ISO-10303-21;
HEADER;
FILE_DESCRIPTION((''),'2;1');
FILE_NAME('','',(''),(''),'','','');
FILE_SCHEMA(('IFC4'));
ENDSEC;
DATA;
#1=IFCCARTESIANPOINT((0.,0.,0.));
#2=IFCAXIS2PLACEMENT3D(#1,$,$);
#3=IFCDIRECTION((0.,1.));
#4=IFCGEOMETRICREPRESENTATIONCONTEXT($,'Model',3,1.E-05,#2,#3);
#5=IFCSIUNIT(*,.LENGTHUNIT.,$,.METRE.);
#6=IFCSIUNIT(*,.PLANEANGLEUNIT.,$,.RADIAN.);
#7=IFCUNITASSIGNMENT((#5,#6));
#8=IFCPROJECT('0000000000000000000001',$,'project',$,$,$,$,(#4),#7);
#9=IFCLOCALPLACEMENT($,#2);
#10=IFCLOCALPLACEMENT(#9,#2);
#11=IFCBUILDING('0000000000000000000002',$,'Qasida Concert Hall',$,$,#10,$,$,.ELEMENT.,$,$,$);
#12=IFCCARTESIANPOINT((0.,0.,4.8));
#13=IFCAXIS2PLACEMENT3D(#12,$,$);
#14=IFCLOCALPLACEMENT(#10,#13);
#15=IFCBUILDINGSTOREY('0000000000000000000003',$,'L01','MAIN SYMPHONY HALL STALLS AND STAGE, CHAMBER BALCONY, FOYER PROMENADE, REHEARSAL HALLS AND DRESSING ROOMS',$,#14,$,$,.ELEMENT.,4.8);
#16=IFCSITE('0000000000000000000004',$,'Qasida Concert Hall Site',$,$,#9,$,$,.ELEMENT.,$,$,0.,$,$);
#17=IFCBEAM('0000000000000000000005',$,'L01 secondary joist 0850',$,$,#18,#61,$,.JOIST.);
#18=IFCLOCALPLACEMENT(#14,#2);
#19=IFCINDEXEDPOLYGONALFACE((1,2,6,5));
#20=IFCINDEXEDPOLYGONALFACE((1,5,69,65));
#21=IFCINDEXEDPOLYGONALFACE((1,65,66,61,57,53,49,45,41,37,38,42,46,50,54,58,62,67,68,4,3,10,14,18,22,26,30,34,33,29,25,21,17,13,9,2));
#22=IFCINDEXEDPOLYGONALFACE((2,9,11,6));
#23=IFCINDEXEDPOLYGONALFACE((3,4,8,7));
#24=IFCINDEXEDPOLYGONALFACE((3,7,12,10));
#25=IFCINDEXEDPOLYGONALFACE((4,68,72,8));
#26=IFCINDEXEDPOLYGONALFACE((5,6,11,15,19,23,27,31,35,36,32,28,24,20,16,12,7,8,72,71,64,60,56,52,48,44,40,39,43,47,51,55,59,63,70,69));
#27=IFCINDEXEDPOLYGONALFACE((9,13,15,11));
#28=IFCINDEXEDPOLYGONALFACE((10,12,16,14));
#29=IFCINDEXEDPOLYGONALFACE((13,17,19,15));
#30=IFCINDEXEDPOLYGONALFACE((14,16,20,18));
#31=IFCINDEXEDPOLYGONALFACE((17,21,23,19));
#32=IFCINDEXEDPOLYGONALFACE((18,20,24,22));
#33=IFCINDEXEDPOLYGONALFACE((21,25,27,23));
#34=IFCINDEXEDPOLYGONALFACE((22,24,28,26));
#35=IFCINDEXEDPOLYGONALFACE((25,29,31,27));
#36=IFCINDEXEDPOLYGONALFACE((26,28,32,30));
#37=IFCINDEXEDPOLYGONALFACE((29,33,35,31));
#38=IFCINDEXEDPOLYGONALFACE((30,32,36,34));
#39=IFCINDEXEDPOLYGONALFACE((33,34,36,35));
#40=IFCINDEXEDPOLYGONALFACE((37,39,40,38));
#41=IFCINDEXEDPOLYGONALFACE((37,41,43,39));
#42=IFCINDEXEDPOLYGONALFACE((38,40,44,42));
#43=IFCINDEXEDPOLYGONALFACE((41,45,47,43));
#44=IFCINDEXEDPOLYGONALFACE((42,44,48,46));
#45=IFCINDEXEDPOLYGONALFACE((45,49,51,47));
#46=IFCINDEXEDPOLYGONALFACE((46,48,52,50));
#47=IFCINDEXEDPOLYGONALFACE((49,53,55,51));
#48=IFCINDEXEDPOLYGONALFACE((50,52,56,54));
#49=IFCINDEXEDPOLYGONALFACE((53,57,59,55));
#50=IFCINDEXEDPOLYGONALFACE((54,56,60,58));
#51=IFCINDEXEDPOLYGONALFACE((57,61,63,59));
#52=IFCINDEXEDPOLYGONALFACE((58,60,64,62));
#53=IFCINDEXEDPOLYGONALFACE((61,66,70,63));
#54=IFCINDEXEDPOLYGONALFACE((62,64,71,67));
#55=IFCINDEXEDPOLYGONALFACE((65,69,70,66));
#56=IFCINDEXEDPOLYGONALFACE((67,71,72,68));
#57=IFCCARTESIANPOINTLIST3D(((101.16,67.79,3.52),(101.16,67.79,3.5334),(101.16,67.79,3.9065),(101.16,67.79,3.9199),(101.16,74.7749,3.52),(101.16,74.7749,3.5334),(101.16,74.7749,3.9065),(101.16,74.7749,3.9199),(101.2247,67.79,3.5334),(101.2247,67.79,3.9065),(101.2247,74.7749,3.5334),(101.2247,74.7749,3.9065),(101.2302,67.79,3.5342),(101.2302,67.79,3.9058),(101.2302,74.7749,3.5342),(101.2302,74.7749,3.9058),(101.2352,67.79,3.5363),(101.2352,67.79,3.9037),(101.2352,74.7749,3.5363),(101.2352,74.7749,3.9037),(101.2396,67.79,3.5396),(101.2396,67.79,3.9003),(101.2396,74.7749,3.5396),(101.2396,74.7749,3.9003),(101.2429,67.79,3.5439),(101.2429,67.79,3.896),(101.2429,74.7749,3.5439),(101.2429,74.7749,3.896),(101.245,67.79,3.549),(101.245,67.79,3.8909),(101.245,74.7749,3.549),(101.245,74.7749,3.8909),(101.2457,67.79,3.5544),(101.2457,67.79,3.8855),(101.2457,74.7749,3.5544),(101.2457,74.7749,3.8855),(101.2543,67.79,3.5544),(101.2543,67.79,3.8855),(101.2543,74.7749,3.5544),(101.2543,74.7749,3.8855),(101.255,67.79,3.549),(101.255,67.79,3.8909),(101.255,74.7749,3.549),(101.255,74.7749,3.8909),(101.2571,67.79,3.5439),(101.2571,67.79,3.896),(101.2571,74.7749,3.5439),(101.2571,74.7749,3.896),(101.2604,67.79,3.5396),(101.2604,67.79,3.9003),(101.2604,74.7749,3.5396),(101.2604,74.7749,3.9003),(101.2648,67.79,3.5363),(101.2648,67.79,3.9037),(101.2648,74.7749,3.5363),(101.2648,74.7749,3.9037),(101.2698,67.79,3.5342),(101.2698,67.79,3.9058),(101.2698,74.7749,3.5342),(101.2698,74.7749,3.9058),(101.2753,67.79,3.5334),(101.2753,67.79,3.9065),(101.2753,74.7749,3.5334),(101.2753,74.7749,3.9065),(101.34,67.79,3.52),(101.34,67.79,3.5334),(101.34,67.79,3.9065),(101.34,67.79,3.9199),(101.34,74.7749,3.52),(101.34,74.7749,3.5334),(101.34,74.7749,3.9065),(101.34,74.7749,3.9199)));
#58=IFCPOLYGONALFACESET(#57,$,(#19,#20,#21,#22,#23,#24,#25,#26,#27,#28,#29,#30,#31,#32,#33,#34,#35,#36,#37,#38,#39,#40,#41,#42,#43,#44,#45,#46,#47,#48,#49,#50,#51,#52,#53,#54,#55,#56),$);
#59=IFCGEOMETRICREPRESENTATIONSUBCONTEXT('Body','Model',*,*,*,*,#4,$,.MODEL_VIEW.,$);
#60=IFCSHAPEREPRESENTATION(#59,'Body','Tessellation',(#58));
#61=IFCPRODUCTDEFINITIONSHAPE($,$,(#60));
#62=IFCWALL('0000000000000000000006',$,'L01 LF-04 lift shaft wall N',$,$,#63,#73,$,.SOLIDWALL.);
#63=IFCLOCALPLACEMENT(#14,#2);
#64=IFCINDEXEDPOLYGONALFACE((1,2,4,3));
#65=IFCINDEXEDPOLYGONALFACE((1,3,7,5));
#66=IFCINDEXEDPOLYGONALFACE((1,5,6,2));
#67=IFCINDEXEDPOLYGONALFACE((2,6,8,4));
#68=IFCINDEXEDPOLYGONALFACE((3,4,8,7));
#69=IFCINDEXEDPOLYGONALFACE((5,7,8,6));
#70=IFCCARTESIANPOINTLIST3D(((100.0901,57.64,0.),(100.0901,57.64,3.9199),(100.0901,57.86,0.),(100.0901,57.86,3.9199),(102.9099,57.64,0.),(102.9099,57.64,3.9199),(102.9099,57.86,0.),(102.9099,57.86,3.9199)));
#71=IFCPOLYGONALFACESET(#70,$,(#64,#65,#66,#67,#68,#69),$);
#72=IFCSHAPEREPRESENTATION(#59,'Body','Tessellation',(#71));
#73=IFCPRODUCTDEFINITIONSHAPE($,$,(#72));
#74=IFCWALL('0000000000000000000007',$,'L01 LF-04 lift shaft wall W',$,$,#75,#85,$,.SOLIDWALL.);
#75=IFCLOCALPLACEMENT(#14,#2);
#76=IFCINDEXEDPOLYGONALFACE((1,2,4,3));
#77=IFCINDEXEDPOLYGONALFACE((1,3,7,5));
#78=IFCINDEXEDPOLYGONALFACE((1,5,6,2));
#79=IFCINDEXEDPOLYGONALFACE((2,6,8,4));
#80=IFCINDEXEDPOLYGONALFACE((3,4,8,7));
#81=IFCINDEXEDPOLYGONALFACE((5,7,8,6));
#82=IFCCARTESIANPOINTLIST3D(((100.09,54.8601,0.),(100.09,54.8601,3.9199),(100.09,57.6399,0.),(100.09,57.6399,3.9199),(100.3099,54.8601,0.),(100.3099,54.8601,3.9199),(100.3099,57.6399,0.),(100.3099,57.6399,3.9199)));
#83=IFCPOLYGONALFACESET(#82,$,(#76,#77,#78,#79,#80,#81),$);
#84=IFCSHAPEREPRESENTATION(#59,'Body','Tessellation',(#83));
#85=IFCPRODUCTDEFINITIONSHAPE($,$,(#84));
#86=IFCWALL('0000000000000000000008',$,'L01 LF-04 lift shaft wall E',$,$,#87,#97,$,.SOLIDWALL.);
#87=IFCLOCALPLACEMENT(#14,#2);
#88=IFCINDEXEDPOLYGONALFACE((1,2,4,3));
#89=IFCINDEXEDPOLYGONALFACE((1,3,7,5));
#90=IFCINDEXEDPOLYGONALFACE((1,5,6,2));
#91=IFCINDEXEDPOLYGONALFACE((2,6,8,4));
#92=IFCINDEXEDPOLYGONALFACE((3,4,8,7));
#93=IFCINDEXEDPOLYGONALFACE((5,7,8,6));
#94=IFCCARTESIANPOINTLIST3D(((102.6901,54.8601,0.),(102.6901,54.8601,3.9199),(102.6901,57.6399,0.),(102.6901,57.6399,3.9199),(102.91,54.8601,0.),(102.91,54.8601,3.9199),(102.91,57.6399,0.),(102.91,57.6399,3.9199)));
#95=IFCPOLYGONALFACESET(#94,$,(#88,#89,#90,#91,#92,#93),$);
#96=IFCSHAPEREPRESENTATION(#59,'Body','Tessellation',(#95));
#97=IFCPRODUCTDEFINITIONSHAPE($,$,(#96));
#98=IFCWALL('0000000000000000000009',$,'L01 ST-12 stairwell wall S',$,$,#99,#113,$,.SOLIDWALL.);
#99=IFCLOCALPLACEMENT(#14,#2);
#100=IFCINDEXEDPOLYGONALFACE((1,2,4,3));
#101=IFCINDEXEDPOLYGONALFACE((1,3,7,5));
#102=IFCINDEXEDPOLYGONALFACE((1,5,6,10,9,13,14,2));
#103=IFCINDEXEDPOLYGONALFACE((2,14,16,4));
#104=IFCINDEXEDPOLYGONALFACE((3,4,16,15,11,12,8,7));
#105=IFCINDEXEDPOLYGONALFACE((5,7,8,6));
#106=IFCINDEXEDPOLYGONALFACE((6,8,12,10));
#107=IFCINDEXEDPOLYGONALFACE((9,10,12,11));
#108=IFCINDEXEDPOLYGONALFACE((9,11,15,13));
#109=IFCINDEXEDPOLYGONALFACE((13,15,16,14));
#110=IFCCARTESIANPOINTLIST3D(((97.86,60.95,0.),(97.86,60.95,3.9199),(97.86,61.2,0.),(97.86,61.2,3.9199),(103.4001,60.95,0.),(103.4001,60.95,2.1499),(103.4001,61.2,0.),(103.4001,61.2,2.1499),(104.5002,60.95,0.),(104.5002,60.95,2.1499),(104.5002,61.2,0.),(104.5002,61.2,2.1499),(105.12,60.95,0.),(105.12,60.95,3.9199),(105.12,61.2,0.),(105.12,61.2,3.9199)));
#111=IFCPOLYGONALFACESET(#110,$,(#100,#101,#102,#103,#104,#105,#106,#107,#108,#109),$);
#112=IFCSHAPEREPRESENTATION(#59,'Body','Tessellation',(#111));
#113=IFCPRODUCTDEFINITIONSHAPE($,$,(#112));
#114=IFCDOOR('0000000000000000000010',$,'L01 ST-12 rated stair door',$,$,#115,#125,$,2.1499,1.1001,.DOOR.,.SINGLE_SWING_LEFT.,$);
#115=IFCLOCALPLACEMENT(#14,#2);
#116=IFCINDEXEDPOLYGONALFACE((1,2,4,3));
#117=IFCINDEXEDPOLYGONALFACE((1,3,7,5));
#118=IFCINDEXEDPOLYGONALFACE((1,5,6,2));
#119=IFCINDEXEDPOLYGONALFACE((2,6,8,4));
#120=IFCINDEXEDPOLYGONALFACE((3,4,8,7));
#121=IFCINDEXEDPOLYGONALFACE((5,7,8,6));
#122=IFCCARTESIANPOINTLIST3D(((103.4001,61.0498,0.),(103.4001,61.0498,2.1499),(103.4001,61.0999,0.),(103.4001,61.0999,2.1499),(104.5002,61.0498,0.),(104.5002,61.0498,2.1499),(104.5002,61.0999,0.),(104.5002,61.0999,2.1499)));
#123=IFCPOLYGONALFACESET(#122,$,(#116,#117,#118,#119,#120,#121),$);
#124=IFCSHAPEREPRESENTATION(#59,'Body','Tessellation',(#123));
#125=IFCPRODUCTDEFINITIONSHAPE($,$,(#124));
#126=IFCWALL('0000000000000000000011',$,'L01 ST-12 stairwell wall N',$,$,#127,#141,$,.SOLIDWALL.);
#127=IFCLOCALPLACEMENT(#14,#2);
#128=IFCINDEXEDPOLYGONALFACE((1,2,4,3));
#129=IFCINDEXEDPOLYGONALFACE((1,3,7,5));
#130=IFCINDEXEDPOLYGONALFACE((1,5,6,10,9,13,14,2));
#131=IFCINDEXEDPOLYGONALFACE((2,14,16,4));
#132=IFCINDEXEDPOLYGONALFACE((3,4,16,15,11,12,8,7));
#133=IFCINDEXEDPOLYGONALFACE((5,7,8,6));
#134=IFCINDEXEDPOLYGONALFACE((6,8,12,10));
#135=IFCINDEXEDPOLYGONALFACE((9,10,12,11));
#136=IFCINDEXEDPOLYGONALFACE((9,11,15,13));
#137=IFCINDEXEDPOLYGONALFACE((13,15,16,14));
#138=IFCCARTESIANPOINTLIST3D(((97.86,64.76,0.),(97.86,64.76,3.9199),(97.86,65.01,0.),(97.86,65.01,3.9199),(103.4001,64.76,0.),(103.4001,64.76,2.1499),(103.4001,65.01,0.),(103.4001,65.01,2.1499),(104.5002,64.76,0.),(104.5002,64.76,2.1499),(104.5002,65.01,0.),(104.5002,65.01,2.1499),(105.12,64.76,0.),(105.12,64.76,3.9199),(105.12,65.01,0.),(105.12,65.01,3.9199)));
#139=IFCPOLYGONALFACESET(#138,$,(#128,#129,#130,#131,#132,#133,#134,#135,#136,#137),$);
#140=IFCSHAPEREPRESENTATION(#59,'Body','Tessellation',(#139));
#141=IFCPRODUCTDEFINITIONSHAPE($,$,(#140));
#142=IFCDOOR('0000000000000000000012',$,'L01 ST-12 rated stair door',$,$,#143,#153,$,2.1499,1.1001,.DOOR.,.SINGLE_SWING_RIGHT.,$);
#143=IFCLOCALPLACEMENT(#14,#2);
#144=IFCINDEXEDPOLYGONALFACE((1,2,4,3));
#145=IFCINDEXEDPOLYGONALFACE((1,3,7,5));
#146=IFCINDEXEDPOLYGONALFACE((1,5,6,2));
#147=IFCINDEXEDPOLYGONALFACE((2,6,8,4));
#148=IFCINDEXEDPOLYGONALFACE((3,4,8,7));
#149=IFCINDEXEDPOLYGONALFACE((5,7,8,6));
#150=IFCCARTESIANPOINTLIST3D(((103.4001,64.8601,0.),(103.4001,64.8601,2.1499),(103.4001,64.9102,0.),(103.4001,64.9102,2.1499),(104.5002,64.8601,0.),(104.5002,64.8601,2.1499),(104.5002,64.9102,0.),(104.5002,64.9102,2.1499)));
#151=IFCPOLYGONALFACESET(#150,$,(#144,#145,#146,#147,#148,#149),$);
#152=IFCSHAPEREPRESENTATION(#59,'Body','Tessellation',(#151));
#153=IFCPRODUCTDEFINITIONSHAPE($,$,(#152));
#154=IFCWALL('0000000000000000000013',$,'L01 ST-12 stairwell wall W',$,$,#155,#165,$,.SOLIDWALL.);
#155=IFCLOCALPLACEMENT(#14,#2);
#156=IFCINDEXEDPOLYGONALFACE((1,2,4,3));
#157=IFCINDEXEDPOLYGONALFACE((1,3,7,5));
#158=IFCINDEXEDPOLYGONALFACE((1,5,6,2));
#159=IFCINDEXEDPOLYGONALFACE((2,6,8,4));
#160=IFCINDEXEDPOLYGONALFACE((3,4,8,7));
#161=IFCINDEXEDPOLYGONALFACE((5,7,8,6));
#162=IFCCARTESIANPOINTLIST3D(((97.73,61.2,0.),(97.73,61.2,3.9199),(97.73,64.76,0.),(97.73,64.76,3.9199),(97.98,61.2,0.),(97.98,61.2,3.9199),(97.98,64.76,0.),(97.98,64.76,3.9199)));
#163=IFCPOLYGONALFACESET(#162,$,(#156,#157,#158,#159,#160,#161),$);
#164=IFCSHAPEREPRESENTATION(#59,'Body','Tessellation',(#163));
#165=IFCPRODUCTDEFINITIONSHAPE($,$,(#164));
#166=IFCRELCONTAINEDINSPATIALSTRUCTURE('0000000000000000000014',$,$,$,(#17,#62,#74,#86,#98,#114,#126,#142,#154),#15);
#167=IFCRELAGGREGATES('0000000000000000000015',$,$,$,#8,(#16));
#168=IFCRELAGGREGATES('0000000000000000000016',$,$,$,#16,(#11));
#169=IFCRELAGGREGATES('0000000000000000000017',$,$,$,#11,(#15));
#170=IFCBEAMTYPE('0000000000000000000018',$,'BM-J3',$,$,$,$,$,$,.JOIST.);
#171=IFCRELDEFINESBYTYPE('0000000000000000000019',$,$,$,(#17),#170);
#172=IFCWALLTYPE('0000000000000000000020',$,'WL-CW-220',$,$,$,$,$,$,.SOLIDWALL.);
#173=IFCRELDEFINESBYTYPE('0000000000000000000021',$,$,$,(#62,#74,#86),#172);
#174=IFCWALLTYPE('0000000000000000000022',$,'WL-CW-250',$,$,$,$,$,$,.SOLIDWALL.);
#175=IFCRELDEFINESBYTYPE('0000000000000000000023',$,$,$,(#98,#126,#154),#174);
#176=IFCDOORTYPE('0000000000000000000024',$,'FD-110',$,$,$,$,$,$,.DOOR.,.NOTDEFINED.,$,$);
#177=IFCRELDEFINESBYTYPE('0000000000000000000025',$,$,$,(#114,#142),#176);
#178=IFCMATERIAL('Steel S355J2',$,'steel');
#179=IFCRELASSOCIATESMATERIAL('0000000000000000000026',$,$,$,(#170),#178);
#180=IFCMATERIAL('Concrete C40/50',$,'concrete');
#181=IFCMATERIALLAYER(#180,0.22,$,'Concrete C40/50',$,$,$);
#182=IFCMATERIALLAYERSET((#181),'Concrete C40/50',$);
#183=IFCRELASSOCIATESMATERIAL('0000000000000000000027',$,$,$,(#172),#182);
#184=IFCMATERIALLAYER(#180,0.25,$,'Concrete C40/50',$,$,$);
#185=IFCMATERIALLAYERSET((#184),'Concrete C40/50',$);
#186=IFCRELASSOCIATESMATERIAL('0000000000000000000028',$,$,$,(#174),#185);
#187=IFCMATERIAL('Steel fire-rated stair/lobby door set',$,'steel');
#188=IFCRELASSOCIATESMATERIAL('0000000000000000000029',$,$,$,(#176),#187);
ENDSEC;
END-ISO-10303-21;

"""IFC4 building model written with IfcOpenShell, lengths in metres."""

from ifc_helpers import new_model, si_unit, direction, frame, frame_2d, origin, origin_2d, place, context, subcontext, project, spatial, rectangle, i_section, extrude, material, layer, layer_set, material_profile, profile_set, type_object, element, fill, save


model = new_model("IFC4")

# Units and contexts
model_context = context("Model", 3, precision=1e-05, world=origin(), true_north=direction((0.0, 1.0)))
body_context = subcontext(model_context, "Body", "Model", "MODEL_VIEW")
ifc_project = project(units=[si_unit("LENGTHUNIT", "METRE"), si_unit("PLANEANGLEUNIT", "RADIAN")], contexts=[model_context])

# Site, building, storey
site_placement = place(None, origin())
site = spatial("IfcSite", under=ifc_project, at=site_placement, Name="Qasida Concert Hall Site", CompositionType="ELEMENT", RefElevation=0.0)
building_placement = place(site_placement, origin())
building = spatial("IfcBuilding", under=site, at=building_placement, Name="Qasida Concert Hall", CompositionType="ELEMENT")
storey_placement = place(building_placement, frame((0.0, 0.0, 4.8)))
storey = spatial("IfcBuildingStorey", under=building, at=storey_placement, Name="L01", Description="MAIN SYMPHONY HALL STALLS AND STAGE, CHAMBER BALCONY, FOYER PROMENADE, REHEARSAL HALLS AND DRESSING ROOMS", CompositionType="ELEMENT", Elevation=4.8)

# Beam
ifc_material_1 = material(Name="Concrete C40/50", Category="concrete")
ifc_material_2 = material(Name="Steel S355J2", Category="steel")
ifc_material_profile_1 = material_profile(ifc_material_2, i_section(OverallWidth=0.1799, OverallDepth=0.3999, WebThickness=0.0085, FlangeThickness=0.0134, FilletRadius=0.021, at=origin_2d()), Name="IPE 400")
ifc_profile_set_1 = profile_set([ifc_material_profile_1], Name="Steel S355J2")
beam_type_1 = type_object("IfcBeamType", Name="BM-J3", PredefinedType="JOIST", material=ifc_profile_set_1)
beam_1_placement = place(storey_placement, frame((101.25, 67.79, 3.72), z_axis=(0.0, 1.0, 0.0), x_axis=(-1.0, 0.0, 0.0)))
element("IfcBeam", 1, at=beam_1_placement, inside=storey, type_object=beam_type_1, Name="L01 secondary joist 0850", PredefinedType="JOIST", context=body_context, shape_type="SweptSolid", body=[
    extrude(i_section(OverallWidth=0.1799, OverallDepth=0.3999, WebThickness=0.0085, FlangeThickness=0.0134, FilletRadius=0.021, at=origin_2d()), origin(), (0.0, 0.0, 1.0), 6.9849),
])

# Shared definitions
ifc_layer_1 = layer(ifc_material_1, 0.22, Name="Concrete C40/50")
ifc_layer_set_1 = layer_set([ifc_layer_1], Name="Concrete C40/50")
wall_type_1 = type_object("IfcWallType", Name="WL-CW-220", PredefinedType="SOLIDWALL", material=ifc_layer_set_1)

# Walls
wall_1_placement = place(storey_placement, frame((100.0901, 57.75, 0.0), z_axis=(0.0, 0.0, 1.0), x_axis=(1.0, 0.0, 0.0)))
element("IfcWall", 2, at=wall_1_placement, inside=storey, type_object=wall_type_1, Name="L01 LF-04 lift shaft wall N", PredefinedType="SOLIDWALL", context=body_context, shape_type="SweptSolid", body=[
    extrude(rectangle(XDim=2.8198, YDim=0.22, at=frame_2d((1.4099, 0.0))), origin(), (0.0, 0.0, 1.0), 3.9199),
])
for number, where, z_axis, x_axis, name in (
    (3, (100.2, 54.8601, 0.0), (0.0, 0.0, 1.0), (0.0, 1.0, 0.0), "L01 LF-04 lift shaft wall W"),
    (4, (102.8, 54.8601, 0.0), (0.0, 0.0, 1.0), (0.0, 1.0, 0.0), "L01 LF-04 lift shaft wall E"),
):
    element("IfcWall", number, at=place(storey_placement, frame(where, z_axis=z_axis, x_axis=x_axis)), inside=storey, type_object=wall_type_1, Name=name, PredefinedType="SOLIDWALL", context=body_context, shape_type="SweptSolid", body=[
        extrude(rectangle(XDim=2.7798, YDim=0.22, at=frame_2d((1.3899, 0.0))), origin(), (0.0, 0.0, 1.0), 3.9199),
    ])

# Walls, openings, doors
ifc_layer_2 = layer(ifc_material_1, 0.25, Name="Concrete C40/50")
ifc_layer_set_2 = layer_set([ifc_layer_2], Name="Concrete C40/50")
wall_type_2 = type_object("IfcWallType", Name="WL-CW-250", PredefinedType="SOLIDWALL", material=ifc_layer_set_2)
wall_2_placement = place(storey_placement, frame((97.8601, 61.075, 0.0), z_axis=(0.0, 0.0, 1.0), x_axis=(1.0, 0.0, 0.0)))
wall_2 = element("IfcWall", 5, at=wall_2_placement, inside=storey, type_object=wall_type_2, Name="L01 ST-12 stairwell wall S", PredefinedType="SOLIDWALL", context=body_context, shape_type="SweptSolid", body=[
    extrude(rectangle(XDim=7.26, YDim=0.25, at=frame_2d((3.6299, 0.0))), origin(), (0.0, 0.0, 1.0), 3.9199),
])
opening_1_placement = place(wall_2_placement, frame((5.54, 0.0, 0.0)))
opening_1 = element("IfcOpeningElement", 6, at=opening_1_placement, cuts=wall_2, PredefinedType="OPENING", context=body_context, shape_type="SweptSolid", body=[
    extrude(rectangle(XDim=1.1001, YDim=2.1499, at=frame_2d((0.55, 1.075))), frame((0.0, 0.135, 0.0), z_axis=(0.0, -1.0, 0.0), x_axis=(1.0, 0.0, 0.0)), (0.0, 0.0, 1.0), 0.27),
])
ifc_material_3 = material(Name="Steel fire-rated stair/lobby door set", Category="steel")
door_type_1 = type_object("IfcDoorType", Name="FD-110", OperationType="NOTDEFINED", PredefinedType="DOOR", material=ifc_material_3)
door_1_placement = place(opening_1_placement, origin())
door_1 = element("IfcDoor", 7, at=door_1_placement, inside=storey, type_object=door_type_1, Name="L01 ST-12 rated stair door", OperationType="SINGLE_SWING_LEFT", OverallHeight=2.1499, OverallWidth=1.1001, PredefinedType="DOOR", context=body_context, shape_type="SweptSolid", body=[
    extrude(rectangle(XDim=1.1001, YDim=2.1499, at=frame_2d((0.55, 1.075))), frame((0.0, 0.0249, 0.0), z_axis=(0.0, -1.0, 0.0), x_axis=(1.0, 0.0, 0.0)), (0.0, 0.0, 1.0), 0.05),
])
fill(opening_1, door_1)
wall_3_placement = place(storey_placement, frame((97.8601, 64.885, 0.0), z_axis=(0.0, 0.0, 1.0), x_axis=(1.0, 0.0, 0.0)))
wall_3 = element("IfcWall", 8, at=wall_3_placement, inside=storey, type_object=wall_type_2, Name="L01 ST-12 stairwell wall N", PredefinedType="SOLIDWALL", context=body_context, shape_type="SweptSolid", body=[
    extrude(rectangle(XDim=7.26, YDim=0.25, at=frame_2d((3.6299, 0.0))), origin(), (0.0, 0.0, 1.0), 3.9199),
])
opening_2_placement = place(wall_3_placement, frame((5.54, 0.0, 0.0)))
opening_2 = element("IfcOpeningElement", 9, at=opening_2_placement, cuts=wall_3, PredefinedType="OPENING", context=body_context, shape_type="SweptSolid", body=[
    extrude(rectangle(XDim=1.1001, YDim=2.1499, at=frame_2d((0.55, 1.075))), frame((0.0, 0.135, 0.0), z_axis=(0.0, -1.0, 0.0), x_axis=(1.0, 0.0, 0.0)), (0.0, 0.0, 1.0), 0.27),
])
door_2_placement = place(opening_2_placement, frame((1.1001, 0.0, 0.0), z_axis=(0.0, 0.0, 1.0), x_axis=(-1.0, 0.0, 0.0)))
door_2 = element("IfcDoor", 10, at=door_2_placement, inside=storey, type_object=door_type_1, Name="L01 ST-12 rated stair door", OperationType="SINGLE_SWING_RIGHT", OverallHeight=2.1499, OverallWidth=1.1001, PredefinedType="DOOR", context=body_context, shape_type="SweptSolid", body=[
    extrude(rectangle(XDim=1.1001, YDim=2.1499, at=frame_2d((0.55, 1.075))), frame((0.0, 0.0249, 0.0), z_axis=(0.0, -1.0, 0.0), x_axis=(1.0, 0.0, 0.0)), (0.0, 0.0, 1.0), 0.05),
])
fill(opening_2, door_2)

# Wall
wall_4_placement = place(storey_placement, frame((97.855, 61.2, 0.0), z_axis=(0.0, 0.0, 1.0), x_axis=(0.0, 1.0, 0.0)))
element("IfcWall", 11, at=wall_4_placement, inside=storey, type_object=wall_type_2, Name="L01 ST-12 stairwell wall W", PredefinedType="SOLIDWALL", context=body_context, shape_type="SweptSolid", body=[
    extrude(rectangle(XDim=3.5601, YDim=0.25, at=frame_2d((1.78, 0.0))), origin(), (0.0, 0.0, 1.0), 3.9199),
])

save(model, "model.ifc")
